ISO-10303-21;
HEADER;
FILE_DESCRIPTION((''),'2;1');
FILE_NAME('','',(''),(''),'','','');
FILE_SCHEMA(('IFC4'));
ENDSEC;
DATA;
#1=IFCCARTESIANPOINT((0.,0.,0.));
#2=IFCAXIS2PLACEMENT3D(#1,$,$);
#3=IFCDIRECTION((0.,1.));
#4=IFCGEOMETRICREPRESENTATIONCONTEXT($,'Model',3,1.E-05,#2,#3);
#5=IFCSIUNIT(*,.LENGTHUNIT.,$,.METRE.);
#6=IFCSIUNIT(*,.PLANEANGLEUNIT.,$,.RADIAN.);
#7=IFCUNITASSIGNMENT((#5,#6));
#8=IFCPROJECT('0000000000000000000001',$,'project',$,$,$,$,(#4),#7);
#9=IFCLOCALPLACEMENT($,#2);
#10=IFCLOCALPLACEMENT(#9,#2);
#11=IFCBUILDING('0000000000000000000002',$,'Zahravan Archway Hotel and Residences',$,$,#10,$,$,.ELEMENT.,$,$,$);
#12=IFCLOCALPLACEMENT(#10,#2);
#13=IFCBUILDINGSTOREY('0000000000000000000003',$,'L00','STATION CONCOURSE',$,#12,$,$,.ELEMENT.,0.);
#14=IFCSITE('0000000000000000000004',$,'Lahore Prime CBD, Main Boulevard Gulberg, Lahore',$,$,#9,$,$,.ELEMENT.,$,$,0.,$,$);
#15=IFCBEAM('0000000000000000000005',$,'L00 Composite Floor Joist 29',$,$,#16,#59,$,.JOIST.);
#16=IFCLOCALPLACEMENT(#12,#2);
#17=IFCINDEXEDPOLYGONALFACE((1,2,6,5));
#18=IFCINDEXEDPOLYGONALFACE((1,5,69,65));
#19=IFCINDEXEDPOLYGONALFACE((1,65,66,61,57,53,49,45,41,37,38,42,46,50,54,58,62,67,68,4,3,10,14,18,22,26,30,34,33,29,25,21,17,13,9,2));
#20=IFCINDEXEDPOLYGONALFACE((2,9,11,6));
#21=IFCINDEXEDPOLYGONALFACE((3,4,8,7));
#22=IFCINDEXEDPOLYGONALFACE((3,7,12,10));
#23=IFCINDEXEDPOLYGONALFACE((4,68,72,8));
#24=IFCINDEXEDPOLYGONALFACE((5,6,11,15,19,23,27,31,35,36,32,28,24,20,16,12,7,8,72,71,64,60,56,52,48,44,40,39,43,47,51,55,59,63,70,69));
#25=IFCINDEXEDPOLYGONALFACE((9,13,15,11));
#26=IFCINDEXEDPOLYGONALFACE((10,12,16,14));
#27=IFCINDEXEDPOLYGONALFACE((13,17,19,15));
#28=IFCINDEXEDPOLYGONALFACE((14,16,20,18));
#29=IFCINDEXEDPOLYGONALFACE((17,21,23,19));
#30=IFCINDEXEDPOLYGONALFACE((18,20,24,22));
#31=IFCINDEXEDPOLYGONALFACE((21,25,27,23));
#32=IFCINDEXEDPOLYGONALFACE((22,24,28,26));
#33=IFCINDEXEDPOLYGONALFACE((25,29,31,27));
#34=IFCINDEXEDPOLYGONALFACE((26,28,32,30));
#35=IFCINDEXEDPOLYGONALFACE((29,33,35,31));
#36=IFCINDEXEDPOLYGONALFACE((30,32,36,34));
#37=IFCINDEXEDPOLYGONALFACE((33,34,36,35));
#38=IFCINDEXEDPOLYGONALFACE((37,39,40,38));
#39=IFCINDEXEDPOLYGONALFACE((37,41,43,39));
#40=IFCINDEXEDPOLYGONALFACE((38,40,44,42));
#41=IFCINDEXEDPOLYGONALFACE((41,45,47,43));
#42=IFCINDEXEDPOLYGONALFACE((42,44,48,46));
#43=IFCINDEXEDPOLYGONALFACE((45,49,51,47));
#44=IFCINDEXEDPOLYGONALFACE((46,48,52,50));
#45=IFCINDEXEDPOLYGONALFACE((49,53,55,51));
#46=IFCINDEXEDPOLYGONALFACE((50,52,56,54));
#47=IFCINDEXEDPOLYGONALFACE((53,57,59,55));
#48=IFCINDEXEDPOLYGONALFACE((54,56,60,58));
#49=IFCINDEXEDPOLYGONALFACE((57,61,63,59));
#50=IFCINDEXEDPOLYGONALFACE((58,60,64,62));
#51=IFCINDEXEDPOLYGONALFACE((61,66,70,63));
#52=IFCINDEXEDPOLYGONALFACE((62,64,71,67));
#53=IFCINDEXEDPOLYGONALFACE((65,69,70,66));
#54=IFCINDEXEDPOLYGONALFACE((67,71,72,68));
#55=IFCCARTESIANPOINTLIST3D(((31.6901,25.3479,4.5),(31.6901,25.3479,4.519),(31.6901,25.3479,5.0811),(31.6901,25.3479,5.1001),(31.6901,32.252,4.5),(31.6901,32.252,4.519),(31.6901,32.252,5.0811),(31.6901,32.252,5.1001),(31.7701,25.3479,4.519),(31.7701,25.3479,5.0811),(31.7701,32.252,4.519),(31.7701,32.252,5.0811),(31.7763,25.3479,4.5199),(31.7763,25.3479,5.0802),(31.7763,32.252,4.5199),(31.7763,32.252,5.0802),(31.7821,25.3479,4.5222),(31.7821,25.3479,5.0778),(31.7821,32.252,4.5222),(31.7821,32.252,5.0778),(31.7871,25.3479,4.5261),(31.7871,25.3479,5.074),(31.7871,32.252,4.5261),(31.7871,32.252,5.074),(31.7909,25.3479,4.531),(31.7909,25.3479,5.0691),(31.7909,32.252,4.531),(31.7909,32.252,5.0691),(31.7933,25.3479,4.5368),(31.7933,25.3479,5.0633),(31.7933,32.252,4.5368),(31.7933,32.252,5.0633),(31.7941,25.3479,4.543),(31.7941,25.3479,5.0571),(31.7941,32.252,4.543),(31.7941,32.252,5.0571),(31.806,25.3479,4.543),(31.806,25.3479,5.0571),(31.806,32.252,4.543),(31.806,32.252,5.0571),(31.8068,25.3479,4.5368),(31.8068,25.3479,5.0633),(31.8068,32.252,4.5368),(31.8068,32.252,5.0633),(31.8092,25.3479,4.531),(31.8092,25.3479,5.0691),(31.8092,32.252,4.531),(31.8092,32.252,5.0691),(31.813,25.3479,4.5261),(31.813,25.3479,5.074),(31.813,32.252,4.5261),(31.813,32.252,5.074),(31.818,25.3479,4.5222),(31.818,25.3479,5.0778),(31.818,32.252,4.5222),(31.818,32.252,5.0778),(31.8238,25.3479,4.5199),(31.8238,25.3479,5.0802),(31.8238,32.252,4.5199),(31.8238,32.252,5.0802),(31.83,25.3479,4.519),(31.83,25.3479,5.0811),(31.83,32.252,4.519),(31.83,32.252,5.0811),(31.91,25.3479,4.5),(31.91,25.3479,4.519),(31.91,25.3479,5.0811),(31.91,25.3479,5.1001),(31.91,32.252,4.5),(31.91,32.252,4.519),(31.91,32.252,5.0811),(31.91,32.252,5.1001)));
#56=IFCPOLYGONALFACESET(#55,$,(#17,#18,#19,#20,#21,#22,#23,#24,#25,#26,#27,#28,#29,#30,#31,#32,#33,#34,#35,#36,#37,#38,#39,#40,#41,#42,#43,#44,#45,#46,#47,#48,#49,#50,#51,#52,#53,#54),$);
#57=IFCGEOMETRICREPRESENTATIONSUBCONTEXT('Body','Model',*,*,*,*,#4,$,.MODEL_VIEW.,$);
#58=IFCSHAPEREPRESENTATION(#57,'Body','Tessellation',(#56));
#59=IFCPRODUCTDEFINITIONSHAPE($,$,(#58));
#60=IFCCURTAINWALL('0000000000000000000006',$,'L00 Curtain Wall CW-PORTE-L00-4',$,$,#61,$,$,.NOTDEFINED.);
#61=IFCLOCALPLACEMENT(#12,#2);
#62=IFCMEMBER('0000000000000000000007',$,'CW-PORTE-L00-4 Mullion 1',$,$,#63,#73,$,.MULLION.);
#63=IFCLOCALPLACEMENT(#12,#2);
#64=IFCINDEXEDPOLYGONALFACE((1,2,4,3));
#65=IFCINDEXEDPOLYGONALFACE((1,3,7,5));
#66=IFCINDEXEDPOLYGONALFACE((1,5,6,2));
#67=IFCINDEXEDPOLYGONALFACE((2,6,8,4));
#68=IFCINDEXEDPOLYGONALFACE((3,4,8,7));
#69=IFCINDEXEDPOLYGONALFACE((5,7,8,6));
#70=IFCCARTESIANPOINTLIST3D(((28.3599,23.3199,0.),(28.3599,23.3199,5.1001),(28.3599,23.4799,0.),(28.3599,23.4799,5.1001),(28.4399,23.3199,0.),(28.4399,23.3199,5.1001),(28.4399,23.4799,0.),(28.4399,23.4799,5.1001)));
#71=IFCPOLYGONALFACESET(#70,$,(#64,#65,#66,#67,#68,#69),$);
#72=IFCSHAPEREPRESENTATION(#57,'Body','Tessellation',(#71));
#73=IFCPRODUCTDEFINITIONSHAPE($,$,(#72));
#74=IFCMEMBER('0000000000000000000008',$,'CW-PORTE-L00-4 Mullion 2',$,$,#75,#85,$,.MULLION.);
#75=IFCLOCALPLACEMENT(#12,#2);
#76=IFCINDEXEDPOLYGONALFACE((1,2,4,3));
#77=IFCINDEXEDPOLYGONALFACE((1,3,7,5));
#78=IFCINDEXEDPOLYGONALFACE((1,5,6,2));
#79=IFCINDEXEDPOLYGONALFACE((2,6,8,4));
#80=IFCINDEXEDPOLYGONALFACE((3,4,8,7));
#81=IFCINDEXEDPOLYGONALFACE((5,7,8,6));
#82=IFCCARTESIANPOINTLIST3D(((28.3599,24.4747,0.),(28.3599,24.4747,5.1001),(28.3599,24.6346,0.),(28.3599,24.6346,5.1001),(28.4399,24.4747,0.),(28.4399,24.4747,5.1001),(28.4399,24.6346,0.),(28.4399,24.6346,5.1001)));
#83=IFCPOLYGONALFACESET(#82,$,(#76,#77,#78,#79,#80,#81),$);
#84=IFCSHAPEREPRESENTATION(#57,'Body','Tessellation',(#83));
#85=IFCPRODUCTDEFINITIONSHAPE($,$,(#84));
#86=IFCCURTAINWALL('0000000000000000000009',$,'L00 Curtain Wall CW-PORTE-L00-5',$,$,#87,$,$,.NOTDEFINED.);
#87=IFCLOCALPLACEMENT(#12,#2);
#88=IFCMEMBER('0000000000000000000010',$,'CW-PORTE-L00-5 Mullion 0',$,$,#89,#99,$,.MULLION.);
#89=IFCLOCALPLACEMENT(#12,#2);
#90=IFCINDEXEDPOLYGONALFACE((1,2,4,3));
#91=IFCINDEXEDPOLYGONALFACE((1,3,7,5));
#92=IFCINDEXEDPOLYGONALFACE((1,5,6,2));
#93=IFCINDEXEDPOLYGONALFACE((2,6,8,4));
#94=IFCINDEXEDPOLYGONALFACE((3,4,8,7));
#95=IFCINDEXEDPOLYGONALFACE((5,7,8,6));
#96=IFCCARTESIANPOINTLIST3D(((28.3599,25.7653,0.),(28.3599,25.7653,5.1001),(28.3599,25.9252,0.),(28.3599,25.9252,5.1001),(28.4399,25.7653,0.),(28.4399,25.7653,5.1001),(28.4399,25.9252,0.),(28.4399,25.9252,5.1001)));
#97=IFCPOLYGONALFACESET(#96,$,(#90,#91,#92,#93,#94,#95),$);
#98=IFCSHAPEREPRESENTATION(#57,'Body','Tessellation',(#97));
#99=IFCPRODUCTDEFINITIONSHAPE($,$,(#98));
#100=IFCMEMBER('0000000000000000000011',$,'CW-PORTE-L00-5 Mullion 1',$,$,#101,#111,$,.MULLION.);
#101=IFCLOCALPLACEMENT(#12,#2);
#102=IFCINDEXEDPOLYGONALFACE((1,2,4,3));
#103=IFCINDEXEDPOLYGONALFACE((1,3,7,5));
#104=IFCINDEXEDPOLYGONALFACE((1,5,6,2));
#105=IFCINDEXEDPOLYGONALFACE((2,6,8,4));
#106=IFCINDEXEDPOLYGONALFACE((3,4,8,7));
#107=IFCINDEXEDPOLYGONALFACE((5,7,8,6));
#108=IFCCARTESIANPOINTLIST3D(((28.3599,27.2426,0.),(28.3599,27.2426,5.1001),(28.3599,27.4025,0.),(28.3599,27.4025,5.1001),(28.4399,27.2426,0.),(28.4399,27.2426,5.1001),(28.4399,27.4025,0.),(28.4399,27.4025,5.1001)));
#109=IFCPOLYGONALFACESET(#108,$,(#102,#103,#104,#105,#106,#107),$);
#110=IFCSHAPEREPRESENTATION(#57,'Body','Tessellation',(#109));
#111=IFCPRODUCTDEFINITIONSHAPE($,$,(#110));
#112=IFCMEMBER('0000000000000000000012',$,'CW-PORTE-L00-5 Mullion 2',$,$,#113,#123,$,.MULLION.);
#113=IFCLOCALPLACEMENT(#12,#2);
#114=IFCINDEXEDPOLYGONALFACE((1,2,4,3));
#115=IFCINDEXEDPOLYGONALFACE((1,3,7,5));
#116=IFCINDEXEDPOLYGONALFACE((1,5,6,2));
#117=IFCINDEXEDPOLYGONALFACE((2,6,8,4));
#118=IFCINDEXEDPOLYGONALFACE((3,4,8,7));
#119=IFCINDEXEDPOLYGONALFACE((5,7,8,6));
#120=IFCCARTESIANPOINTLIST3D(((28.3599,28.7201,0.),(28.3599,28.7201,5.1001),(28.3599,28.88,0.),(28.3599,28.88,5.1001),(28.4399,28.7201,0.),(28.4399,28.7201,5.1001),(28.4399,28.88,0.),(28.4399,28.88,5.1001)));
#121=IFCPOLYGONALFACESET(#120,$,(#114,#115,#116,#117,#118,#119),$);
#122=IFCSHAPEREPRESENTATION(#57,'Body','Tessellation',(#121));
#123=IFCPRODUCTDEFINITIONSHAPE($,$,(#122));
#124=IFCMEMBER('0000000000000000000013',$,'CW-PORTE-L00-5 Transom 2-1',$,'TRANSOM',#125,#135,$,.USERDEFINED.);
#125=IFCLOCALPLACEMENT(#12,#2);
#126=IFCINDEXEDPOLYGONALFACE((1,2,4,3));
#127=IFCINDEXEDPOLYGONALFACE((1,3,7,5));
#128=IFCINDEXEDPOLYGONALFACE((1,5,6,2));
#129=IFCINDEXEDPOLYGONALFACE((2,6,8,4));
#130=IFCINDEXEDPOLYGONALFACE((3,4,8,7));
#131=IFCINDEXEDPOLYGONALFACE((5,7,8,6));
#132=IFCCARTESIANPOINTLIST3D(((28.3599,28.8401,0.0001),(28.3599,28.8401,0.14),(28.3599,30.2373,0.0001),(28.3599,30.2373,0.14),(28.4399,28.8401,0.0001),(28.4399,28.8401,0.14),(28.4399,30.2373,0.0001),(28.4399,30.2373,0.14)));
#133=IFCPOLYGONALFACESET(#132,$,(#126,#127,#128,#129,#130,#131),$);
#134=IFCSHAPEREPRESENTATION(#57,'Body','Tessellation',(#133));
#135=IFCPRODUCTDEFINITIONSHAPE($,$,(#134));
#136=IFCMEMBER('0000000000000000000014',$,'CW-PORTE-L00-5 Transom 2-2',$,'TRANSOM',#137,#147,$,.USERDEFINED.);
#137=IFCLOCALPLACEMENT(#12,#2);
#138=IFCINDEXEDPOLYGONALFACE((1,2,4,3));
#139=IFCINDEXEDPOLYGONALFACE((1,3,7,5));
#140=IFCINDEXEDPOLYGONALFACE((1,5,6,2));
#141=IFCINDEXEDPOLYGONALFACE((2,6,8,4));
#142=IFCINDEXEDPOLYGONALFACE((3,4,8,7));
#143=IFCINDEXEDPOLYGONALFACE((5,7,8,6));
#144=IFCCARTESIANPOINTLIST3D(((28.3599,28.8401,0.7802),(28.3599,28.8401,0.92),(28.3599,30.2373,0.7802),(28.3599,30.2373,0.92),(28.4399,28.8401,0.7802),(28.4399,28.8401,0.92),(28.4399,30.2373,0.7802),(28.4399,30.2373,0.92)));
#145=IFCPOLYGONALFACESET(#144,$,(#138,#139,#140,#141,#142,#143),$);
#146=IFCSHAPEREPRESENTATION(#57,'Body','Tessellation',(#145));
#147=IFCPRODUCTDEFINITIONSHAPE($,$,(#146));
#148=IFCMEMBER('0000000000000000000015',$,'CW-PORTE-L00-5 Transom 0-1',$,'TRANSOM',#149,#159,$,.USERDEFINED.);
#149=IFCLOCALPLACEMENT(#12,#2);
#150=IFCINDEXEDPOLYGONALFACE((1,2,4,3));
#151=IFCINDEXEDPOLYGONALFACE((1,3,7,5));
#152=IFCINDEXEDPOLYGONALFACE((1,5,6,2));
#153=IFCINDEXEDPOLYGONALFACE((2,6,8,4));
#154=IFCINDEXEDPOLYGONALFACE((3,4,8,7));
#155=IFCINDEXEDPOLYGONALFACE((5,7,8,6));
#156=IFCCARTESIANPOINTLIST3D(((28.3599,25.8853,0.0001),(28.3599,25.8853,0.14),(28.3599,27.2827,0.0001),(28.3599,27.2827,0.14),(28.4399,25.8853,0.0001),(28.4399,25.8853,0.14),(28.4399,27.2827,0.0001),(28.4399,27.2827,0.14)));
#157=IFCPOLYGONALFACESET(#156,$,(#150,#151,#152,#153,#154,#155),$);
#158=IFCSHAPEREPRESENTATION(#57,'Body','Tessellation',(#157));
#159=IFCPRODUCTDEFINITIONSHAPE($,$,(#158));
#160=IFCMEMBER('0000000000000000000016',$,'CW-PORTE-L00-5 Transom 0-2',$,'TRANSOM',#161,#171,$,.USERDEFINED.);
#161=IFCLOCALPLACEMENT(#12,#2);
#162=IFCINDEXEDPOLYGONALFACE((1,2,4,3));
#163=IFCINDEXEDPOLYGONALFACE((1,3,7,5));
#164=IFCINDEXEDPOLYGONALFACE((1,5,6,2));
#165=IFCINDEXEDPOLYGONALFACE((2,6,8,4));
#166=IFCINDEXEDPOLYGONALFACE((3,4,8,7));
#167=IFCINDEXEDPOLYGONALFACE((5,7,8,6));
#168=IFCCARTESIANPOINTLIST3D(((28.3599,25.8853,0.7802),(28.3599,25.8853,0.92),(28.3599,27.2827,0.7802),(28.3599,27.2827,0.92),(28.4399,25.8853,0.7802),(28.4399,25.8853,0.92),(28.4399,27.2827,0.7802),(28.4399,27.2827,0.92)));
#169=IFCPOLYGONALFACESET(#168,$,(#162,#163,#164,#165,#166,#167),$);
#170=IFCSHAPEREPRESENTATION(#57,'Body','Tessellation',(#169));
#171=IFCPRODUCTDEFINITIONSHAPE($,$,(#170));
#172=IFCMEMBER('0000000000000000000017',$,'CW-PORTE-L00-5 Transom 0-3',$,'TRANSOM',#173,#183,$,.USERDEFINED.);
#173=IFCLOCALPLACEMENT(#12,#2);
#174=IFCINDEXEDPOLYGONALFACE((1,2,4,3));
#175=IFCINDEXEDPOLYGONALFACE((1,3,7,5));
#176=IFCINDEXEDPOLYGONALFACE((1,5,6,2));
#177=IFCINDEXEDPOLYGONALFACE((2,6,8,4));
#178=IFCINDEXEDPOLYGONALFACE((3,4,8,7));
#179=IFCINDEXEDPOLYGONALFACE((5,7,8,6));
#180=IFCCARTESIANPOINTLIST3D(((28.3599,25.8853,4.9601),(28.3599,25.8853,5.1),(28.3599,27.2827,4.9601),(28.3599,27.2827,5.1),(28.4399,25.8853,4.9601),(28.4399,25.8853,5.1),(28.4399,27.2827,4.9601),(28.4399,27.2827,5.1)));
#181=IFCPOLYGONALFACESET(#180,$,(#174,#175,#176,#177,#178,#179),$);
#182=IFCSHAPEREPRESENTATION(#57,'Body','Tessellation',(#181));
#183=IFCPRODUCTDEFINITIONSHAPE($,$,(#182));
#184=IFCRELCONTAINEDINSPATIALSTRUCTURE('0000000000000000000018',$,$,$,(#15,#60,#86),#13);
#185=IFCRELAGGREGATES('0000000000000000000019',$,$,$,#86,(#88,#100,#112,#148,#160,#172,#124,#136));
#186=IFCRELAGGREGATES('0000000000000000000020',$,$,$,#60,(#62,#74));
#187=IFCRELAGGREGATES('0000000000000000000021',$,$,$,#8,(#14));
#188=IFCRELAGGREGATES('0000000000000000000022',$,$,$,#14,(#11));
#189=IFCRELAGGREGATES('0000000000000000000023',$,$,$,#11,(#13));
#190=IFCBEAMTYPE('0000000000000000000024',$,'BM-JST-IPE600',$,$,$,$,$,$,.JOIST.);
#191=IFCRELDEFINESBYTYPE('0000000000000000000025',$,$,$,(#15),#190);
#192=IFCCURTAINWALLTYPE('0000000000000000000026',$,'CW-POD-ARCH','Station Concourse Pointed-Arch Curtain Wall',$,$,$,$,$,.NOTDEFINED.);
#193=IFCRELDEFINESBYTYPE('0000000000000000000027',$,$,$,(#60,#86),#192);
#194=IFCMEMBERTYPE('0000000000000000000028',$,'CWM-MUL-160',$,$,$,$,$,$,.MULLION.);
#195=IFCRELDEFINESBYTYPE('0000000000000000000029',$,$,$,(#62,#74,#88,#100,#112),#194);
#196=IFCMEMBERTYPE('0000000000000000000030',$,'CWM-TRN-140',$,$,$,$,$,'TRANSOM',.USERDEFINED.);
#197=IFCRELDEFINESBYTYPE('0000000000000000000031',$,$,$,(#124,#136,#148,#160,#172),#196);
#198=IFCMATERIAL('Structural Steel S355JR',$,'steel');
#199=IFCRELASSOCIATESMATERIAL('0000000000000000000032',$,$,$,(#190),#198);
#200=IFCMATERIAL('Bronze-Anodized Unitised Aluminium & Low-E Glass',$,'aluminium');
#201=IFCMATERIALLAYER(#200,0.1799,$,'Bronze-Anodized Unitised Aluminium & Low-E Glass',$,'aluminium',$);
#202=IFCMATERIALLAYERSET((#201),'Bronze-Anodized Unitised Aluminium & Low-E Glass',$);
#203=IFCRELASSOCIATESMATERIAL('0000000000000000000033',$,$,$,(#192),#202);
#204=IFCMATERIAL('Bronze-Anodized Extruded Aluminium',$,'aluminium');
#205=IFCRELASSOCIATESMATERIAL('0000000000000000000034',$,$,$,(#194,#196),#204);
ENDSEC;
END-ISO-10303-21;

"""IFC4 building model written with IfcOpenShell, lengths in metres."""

from ifc_helpers import new_model, si_unit, direction, frame, origin, origin_2d, place, context, subcontext, project, spatial, rectangle, i_section, extrude, source, transform, mapped, material, layer, layer_set, material_profile, profile_set, type_object, type_shapes, element, aggregate, save


model = new_model("IFC4")

# Units and contexts
model_context = context("Model", 3, precision=1e-05, world=origin(), true_north=direction((0.0, 1.0)))
body_context = subcontext(model_context, "Body", "Model", "MODEL_VIEW")
ifc_project = project(units=[si_unit("LENGTHUNIT", "METRE"), si_unit("PLANEANGLEUNIT", "RADIAN")], contexts=[model_context])

# Site, building, storey
site_placement = place(None, origin())
site = spatial("IfcSite", under=ifc_project, at=site_placement, Name="Lahore Prime CBD, Main Boulevard Gulberg, Lahore", CompositionType="ELEMENT", RefElevation=0.0)
building_placement = place(site_placement, origin())
building = spatial("IfcBuilding", under=site, at=building_placement, Name="Zahravan Archway Hotel and Residences", CompositionType="ELEMENT")
storey_placement = place(building_placement, origin())
storey = spatial("IfcBuildingStorey", under=building, at=storey_placement, Name="L00", Description="STATION CONCOURSE", CompositionType="ELEMENT", Elevation=0.0)

# Beam
ifc_material_1 = material(Name="Structural Steel S355JR", Category="steel")
ifc_material_profile_1 = material_profile(ifc_material_1, i_section(OverallWidth=0.22, OverallDepth=0.6001, WebThickness=0.012, FlangeThickness=0.019, FilletRadius=0.0239, at=origin_2d()), Name="IPE 600", Category="steel")
ifc_profile_set_1 = profile_set([ifc_material_profile_1], Name="Structural Steel S355JR")
beam_type_1 = type_object("IfcBeamType", Name="BM-JST-IPE600", PredefinedType="JOIST", material=ifc_profile_set_1)
shared_shape_1 = source(origin(), body_context, "Body", "SweptSolid", [
    extrude(i_section(OverallWidth=0.22, OverallDepth=0.6001, WebThickness=0.012, FlangeThickness=0.019, FilletRadius=0.0239, at=origin_2d()), origin(), (0.0, 0.0, 1.0), 6.9041),
])
type_shapes(beam_type_1, [shared_shape_1])
beam_1_placement = place(storey_placement, frame((31.8, 25.3479, 4.8), z_axis=(0.0, 1.0, 0.0), x_axis=(-1.0, 0.0, 0.0)))
element("IfcBeam", 1, at=beam_1_placement, inside=storey, type_object=beam_type_1, Name="L00 Composite Floor Joist 29", PredefinedType="JOIST", context=body_context, shape_type="MappedRepresentation", body=[
    mapped(shared_shape_1, transform((0.0, 0.0, 0.0), scale=1.0)),
])

# Curtain walls, members
ifc_material_2 = material(Name="Bronze-Anodized Unitised Aluminium & Low-E Glass", Category="aluminium")
ifc_layer_1 = layer(ifc_material_2, 0.1799, Name="Bronze-Anodized Unitised Aluminium & Low-E Glass", Category="aluminium")
ifc_layer_set_1 = layer_set([ifc_layer_1], Name="Bronze-Anodized Unitised Aluminium & Low-E Glass")
curtain_wall_type = type_object("IfcCurtainWallType", Name="CW-POD-ARCH", Description="Station Concourse Pointed-Arch Curtain Wall", PredefinedType="NOTDEFINED", material=ifc_layer_set_1)
curtain_wall_1_placement = place(storey_placement, origin())
curtain_wall_1 = element("IfcCurtainWall", 2, at=curtain_wall_1_placement, inside=storey, type_object=curtain_wall_type, Name="L00 Curtain Wall CW-PORTE-L00-4", PredefinedType="NOTDEFINED")
ifc_material_3 = material(Name="Bronze-Anodized Extruded Aluminium", Category="aluminium")
ifc_material_profile_2 = material_profile(ifc_material_3, rectangle(XDim=0.0801, YDim=0.1599, at=origin_2d()), Name="MUL 80x160", Category="aluminium")
ifc_profile_set_2 = profile_set([ifc_material_profile_2], Name="Bronze-Anodized Extruded Aluminium")
member_type_1 = type_object("IfcMemberType", Name="CWM-MUL-160", PredefinedType="MULLION", material=ifc_profile_set_2)
shared_shape_2 = source(origin(), body_context, "Body", "SweptSolid", [
    extrude(rectangle(XDim=0.0801, YDim=0.1599, at=origin_2d()), origin(), (0.0, 0.0, 1.0), 5.1001),
])
member_1_placement = place(storey_placement, frame((28.3999, 23.3999, 0.0), z_axis=(0.0, 0.0, 1.0), x_axis=(1.0, 0.0, 0.0)))
member_1 = element("IfcMember", 3, at=member_1_placement, type_object=member_type_1, Name="CW-PORTE-L00-4 Mullion 1", PredefinedType="MULLION", context=body_context, shape_type="MappedRepresentation", body=[
    mapped(shared_shape_2, transform((0.0, 0.0, 0.0), scale=1.0)),
])
member_2_placement = place(storey_placement, frame((28.3999, 24.5547, 0.0), z_axis=(0.0, 0.0, 1.0), x_axis=(1.0, 0.0, 0.0)))
member_2 = element("IfcMember", 4, at=member_2_placement, type_object=member_type_1, Name="CW-PORTE-L00-4 Mullion 2", PredefinedType="MULLION", context=body_context, shape_type="MappedRepresentation", body=[
    mapped(shared_shape_2, transform((0.0, 0.0, 0.0), scale=1.0)),
])
curtain_wall_2_placement = place(storey_placement, origin())
curtain_wall_2 = element("IfcCurtainWall", 5, at=curtain_wall_2_placement, inside=storey, type_object=curtain_wall_type, Name="L00 Curtain Wall CW-PORTE-L00-5", PredefinedType="NOTDEFINED")
member_3_placement = place(storey_placement, frame((28.3999, 25.8452, 0.0), z_axis=(0.0, 0.0, 1.0), x_axis=(1.0, 0.0, 0.0)))
member_3 = element("IfcMember", 6, at=member_3_placement, type_object=member_type_1, Name="CW-PORTE-L00-5 Mullion 0", PredefinedType="MULLION", context=body_context, shape_type="MappedRepresentation", body=[
    mapped(shared_shape_2, transform((0.0, 0.0, 0.0), scale=1.0)),
])
member_4_placement = place(storey_placement, frame((28.3999, 27.3225, 0.0), z_axis=(0.0, 0.0, 1.0), x_axis=(1.0, 0.0, 0.0)))
member_4 = element("IfcMember", 7, at=member_4_placement, type_object=member_type_1, Name="CW-PORTE-L00-5 Mullion 1", PredefinedType="MULLION", context=body_context, shape_type="MappedRepresentation", body=[
    mapped(shared_shape_2, transform((0.0, 0.0, 0.0), scale=1.0)),
])
member_5_placement = place(storey_placement, frame((28.3999, 28.8, 0.0), z_axis=(0.0, 0.0, 1.0), x_axis=(1.0, 0.0, 0.0)))
member_5 = element("IfcMember", 8, at=member_5_placement, type_object=member_type_1, Name="CW-PORTE-L00-5 Mullion 2", PredefinedType="MULLION", context=body_context, shape_type="MappedRepresentation", body=[
    mapped(shared_shape_2, transform((0.0, 0.0, 0.0), scale=1.0)),
])
ifc_material_profile_3 = material_profile(ifc_material_3, rectangle(XDim=0.0801, YDim=0.1399, at=origin_2d()), Name="TRN 80x140", Category="aluminium")
ifc_profile_set_3 = profile_set([ifc_material_profile_3], Name="Bronze-Anodized Extruded Aluminium")
member_type_2 = type_object("IfcMemberType", Name="CWM-TRN-140", ElementType="TRANSOM", PredefinedType="USERDEFINED", material=ifc_profile_set_3)
shared_shape_3 = source(origin(), body_context, "Body", "SweptSolid", [
    extrude(rectangle(XDim=0.0801, YDim=0.1399, at=origin_2d()), origin(), (0.0, 0.0, 1.0), 1.3972),
])
member_6_placement = place(storey_placement, frame((28.3999, 28.8401, 0.0701), z_axis=(0.0, 1.0, 0.0), x_axis=(-1.0, 0.0, 0.0)))
member_6 = element("IfcMember", 9, at=member_6_placement, type_object=member_type_2, Name="CW-PORTE-L00-5 Transom 2-1", ObjectType="TRANSOM", PredefinedType="USERDEFINED", context=body_context, shape_type="MappedRepresentation", body=[
    mapped(shared_shape_3, transform((0.0, 0.0, 0.0), scale=1.0)),
])
member_7_placement = place(storey_placement, frame((28.3999, 28.8401, 0.8501), z_axis=(0.0, 1.0, 0.0), x_axis=(-1.0, 0.0, 0.0)))
member_7 = element("IfcMember", 10, at=member_7_placement, type_object=member_type_2, Name="CW-PORTE-L00-5 Transom 2-2", ObjectType="TRANSOM", PredefinedType="USERDEFINED", context=body_context, shape_type="MappedRepresentation", body=[
    mapped(shared_shape_3, transform((0.0, 0.0, 0.0), scale=1.0)),
])
shared_shape_4 = source(origin(), body_context, "Body", "SweptSolid", [
    extrude(rectangle(XDim=0.0801, YDim=0.1399, at=origin_2d()), origin(), (0.0, 0.0, 1.0), 1.3975),
])
member_8_placement = place(storey_placement, frame((28.3999, 25.8853, 0.0701), z_axis=(0.0, 1.0, 0.0), x_axis=(-1.0, 0.0, 0.0)))
member_8 = element("IfcMember", 11, at=member_8_placement, type_object=member_type_2, Name="CW-PORTE-L00-5 Transom 0-1", ObjectType="TRANSOM", PredefinedType="USERDEFINED", context=body_context, shape_type="MappedRepresentation", body=[
    mapped(shared_shape_4, transform((0.0, 0.0, 0.0), scale=1.0)),
])
member_9_placement = place(storey_placement, frame((28.3999, 25.8853, 0.8501), z_axis=(0.0, 1.0, 0.0), x_axis=(-1.0, 0.0, 0.0)))
member_9 = element("IfcMember", 12, at=member_9_placement, type_object=member_type_2, Name="CW-PORTE-L00-5 Transom 0-2", ObjectType="TRANSOM", PredefinedType="USERDEFINED", context=body_context, shape_type="MappedRepresentation", body=[
    mapped(shared_shape_4, transform((0.0, 0.0, 0.0), scale=1.0)),
])
member_10_placement = place(storey_placement, frame((28.3999, 25.8853, 5.03), z_axis=(0.0, 1.0, 0.0), x_axis=(-1.0, 0.0, 0.0)))
member_10 = element("IfcMember", 13, at=member_10_placement, type_object=member_type_2, Name="CW-PORTE-L00-5 Transom 0-3", ObjectType="TRANSOM", PredefinedType="USERDEFINED", context=body_context, shape_type="MappedRepresentation", body=[
    mapped(shared_shape_4, transform((0.0, 0.0, 0.0), scale=1.0)),
])

aggregate(curtain_wall_2, [member_3, member_4, member_5, member_8, member_9, member_10, member_6, member_7])
aggregate(curtain_wall_1, [member_1, member_2])

save(model, "model.ifc")
